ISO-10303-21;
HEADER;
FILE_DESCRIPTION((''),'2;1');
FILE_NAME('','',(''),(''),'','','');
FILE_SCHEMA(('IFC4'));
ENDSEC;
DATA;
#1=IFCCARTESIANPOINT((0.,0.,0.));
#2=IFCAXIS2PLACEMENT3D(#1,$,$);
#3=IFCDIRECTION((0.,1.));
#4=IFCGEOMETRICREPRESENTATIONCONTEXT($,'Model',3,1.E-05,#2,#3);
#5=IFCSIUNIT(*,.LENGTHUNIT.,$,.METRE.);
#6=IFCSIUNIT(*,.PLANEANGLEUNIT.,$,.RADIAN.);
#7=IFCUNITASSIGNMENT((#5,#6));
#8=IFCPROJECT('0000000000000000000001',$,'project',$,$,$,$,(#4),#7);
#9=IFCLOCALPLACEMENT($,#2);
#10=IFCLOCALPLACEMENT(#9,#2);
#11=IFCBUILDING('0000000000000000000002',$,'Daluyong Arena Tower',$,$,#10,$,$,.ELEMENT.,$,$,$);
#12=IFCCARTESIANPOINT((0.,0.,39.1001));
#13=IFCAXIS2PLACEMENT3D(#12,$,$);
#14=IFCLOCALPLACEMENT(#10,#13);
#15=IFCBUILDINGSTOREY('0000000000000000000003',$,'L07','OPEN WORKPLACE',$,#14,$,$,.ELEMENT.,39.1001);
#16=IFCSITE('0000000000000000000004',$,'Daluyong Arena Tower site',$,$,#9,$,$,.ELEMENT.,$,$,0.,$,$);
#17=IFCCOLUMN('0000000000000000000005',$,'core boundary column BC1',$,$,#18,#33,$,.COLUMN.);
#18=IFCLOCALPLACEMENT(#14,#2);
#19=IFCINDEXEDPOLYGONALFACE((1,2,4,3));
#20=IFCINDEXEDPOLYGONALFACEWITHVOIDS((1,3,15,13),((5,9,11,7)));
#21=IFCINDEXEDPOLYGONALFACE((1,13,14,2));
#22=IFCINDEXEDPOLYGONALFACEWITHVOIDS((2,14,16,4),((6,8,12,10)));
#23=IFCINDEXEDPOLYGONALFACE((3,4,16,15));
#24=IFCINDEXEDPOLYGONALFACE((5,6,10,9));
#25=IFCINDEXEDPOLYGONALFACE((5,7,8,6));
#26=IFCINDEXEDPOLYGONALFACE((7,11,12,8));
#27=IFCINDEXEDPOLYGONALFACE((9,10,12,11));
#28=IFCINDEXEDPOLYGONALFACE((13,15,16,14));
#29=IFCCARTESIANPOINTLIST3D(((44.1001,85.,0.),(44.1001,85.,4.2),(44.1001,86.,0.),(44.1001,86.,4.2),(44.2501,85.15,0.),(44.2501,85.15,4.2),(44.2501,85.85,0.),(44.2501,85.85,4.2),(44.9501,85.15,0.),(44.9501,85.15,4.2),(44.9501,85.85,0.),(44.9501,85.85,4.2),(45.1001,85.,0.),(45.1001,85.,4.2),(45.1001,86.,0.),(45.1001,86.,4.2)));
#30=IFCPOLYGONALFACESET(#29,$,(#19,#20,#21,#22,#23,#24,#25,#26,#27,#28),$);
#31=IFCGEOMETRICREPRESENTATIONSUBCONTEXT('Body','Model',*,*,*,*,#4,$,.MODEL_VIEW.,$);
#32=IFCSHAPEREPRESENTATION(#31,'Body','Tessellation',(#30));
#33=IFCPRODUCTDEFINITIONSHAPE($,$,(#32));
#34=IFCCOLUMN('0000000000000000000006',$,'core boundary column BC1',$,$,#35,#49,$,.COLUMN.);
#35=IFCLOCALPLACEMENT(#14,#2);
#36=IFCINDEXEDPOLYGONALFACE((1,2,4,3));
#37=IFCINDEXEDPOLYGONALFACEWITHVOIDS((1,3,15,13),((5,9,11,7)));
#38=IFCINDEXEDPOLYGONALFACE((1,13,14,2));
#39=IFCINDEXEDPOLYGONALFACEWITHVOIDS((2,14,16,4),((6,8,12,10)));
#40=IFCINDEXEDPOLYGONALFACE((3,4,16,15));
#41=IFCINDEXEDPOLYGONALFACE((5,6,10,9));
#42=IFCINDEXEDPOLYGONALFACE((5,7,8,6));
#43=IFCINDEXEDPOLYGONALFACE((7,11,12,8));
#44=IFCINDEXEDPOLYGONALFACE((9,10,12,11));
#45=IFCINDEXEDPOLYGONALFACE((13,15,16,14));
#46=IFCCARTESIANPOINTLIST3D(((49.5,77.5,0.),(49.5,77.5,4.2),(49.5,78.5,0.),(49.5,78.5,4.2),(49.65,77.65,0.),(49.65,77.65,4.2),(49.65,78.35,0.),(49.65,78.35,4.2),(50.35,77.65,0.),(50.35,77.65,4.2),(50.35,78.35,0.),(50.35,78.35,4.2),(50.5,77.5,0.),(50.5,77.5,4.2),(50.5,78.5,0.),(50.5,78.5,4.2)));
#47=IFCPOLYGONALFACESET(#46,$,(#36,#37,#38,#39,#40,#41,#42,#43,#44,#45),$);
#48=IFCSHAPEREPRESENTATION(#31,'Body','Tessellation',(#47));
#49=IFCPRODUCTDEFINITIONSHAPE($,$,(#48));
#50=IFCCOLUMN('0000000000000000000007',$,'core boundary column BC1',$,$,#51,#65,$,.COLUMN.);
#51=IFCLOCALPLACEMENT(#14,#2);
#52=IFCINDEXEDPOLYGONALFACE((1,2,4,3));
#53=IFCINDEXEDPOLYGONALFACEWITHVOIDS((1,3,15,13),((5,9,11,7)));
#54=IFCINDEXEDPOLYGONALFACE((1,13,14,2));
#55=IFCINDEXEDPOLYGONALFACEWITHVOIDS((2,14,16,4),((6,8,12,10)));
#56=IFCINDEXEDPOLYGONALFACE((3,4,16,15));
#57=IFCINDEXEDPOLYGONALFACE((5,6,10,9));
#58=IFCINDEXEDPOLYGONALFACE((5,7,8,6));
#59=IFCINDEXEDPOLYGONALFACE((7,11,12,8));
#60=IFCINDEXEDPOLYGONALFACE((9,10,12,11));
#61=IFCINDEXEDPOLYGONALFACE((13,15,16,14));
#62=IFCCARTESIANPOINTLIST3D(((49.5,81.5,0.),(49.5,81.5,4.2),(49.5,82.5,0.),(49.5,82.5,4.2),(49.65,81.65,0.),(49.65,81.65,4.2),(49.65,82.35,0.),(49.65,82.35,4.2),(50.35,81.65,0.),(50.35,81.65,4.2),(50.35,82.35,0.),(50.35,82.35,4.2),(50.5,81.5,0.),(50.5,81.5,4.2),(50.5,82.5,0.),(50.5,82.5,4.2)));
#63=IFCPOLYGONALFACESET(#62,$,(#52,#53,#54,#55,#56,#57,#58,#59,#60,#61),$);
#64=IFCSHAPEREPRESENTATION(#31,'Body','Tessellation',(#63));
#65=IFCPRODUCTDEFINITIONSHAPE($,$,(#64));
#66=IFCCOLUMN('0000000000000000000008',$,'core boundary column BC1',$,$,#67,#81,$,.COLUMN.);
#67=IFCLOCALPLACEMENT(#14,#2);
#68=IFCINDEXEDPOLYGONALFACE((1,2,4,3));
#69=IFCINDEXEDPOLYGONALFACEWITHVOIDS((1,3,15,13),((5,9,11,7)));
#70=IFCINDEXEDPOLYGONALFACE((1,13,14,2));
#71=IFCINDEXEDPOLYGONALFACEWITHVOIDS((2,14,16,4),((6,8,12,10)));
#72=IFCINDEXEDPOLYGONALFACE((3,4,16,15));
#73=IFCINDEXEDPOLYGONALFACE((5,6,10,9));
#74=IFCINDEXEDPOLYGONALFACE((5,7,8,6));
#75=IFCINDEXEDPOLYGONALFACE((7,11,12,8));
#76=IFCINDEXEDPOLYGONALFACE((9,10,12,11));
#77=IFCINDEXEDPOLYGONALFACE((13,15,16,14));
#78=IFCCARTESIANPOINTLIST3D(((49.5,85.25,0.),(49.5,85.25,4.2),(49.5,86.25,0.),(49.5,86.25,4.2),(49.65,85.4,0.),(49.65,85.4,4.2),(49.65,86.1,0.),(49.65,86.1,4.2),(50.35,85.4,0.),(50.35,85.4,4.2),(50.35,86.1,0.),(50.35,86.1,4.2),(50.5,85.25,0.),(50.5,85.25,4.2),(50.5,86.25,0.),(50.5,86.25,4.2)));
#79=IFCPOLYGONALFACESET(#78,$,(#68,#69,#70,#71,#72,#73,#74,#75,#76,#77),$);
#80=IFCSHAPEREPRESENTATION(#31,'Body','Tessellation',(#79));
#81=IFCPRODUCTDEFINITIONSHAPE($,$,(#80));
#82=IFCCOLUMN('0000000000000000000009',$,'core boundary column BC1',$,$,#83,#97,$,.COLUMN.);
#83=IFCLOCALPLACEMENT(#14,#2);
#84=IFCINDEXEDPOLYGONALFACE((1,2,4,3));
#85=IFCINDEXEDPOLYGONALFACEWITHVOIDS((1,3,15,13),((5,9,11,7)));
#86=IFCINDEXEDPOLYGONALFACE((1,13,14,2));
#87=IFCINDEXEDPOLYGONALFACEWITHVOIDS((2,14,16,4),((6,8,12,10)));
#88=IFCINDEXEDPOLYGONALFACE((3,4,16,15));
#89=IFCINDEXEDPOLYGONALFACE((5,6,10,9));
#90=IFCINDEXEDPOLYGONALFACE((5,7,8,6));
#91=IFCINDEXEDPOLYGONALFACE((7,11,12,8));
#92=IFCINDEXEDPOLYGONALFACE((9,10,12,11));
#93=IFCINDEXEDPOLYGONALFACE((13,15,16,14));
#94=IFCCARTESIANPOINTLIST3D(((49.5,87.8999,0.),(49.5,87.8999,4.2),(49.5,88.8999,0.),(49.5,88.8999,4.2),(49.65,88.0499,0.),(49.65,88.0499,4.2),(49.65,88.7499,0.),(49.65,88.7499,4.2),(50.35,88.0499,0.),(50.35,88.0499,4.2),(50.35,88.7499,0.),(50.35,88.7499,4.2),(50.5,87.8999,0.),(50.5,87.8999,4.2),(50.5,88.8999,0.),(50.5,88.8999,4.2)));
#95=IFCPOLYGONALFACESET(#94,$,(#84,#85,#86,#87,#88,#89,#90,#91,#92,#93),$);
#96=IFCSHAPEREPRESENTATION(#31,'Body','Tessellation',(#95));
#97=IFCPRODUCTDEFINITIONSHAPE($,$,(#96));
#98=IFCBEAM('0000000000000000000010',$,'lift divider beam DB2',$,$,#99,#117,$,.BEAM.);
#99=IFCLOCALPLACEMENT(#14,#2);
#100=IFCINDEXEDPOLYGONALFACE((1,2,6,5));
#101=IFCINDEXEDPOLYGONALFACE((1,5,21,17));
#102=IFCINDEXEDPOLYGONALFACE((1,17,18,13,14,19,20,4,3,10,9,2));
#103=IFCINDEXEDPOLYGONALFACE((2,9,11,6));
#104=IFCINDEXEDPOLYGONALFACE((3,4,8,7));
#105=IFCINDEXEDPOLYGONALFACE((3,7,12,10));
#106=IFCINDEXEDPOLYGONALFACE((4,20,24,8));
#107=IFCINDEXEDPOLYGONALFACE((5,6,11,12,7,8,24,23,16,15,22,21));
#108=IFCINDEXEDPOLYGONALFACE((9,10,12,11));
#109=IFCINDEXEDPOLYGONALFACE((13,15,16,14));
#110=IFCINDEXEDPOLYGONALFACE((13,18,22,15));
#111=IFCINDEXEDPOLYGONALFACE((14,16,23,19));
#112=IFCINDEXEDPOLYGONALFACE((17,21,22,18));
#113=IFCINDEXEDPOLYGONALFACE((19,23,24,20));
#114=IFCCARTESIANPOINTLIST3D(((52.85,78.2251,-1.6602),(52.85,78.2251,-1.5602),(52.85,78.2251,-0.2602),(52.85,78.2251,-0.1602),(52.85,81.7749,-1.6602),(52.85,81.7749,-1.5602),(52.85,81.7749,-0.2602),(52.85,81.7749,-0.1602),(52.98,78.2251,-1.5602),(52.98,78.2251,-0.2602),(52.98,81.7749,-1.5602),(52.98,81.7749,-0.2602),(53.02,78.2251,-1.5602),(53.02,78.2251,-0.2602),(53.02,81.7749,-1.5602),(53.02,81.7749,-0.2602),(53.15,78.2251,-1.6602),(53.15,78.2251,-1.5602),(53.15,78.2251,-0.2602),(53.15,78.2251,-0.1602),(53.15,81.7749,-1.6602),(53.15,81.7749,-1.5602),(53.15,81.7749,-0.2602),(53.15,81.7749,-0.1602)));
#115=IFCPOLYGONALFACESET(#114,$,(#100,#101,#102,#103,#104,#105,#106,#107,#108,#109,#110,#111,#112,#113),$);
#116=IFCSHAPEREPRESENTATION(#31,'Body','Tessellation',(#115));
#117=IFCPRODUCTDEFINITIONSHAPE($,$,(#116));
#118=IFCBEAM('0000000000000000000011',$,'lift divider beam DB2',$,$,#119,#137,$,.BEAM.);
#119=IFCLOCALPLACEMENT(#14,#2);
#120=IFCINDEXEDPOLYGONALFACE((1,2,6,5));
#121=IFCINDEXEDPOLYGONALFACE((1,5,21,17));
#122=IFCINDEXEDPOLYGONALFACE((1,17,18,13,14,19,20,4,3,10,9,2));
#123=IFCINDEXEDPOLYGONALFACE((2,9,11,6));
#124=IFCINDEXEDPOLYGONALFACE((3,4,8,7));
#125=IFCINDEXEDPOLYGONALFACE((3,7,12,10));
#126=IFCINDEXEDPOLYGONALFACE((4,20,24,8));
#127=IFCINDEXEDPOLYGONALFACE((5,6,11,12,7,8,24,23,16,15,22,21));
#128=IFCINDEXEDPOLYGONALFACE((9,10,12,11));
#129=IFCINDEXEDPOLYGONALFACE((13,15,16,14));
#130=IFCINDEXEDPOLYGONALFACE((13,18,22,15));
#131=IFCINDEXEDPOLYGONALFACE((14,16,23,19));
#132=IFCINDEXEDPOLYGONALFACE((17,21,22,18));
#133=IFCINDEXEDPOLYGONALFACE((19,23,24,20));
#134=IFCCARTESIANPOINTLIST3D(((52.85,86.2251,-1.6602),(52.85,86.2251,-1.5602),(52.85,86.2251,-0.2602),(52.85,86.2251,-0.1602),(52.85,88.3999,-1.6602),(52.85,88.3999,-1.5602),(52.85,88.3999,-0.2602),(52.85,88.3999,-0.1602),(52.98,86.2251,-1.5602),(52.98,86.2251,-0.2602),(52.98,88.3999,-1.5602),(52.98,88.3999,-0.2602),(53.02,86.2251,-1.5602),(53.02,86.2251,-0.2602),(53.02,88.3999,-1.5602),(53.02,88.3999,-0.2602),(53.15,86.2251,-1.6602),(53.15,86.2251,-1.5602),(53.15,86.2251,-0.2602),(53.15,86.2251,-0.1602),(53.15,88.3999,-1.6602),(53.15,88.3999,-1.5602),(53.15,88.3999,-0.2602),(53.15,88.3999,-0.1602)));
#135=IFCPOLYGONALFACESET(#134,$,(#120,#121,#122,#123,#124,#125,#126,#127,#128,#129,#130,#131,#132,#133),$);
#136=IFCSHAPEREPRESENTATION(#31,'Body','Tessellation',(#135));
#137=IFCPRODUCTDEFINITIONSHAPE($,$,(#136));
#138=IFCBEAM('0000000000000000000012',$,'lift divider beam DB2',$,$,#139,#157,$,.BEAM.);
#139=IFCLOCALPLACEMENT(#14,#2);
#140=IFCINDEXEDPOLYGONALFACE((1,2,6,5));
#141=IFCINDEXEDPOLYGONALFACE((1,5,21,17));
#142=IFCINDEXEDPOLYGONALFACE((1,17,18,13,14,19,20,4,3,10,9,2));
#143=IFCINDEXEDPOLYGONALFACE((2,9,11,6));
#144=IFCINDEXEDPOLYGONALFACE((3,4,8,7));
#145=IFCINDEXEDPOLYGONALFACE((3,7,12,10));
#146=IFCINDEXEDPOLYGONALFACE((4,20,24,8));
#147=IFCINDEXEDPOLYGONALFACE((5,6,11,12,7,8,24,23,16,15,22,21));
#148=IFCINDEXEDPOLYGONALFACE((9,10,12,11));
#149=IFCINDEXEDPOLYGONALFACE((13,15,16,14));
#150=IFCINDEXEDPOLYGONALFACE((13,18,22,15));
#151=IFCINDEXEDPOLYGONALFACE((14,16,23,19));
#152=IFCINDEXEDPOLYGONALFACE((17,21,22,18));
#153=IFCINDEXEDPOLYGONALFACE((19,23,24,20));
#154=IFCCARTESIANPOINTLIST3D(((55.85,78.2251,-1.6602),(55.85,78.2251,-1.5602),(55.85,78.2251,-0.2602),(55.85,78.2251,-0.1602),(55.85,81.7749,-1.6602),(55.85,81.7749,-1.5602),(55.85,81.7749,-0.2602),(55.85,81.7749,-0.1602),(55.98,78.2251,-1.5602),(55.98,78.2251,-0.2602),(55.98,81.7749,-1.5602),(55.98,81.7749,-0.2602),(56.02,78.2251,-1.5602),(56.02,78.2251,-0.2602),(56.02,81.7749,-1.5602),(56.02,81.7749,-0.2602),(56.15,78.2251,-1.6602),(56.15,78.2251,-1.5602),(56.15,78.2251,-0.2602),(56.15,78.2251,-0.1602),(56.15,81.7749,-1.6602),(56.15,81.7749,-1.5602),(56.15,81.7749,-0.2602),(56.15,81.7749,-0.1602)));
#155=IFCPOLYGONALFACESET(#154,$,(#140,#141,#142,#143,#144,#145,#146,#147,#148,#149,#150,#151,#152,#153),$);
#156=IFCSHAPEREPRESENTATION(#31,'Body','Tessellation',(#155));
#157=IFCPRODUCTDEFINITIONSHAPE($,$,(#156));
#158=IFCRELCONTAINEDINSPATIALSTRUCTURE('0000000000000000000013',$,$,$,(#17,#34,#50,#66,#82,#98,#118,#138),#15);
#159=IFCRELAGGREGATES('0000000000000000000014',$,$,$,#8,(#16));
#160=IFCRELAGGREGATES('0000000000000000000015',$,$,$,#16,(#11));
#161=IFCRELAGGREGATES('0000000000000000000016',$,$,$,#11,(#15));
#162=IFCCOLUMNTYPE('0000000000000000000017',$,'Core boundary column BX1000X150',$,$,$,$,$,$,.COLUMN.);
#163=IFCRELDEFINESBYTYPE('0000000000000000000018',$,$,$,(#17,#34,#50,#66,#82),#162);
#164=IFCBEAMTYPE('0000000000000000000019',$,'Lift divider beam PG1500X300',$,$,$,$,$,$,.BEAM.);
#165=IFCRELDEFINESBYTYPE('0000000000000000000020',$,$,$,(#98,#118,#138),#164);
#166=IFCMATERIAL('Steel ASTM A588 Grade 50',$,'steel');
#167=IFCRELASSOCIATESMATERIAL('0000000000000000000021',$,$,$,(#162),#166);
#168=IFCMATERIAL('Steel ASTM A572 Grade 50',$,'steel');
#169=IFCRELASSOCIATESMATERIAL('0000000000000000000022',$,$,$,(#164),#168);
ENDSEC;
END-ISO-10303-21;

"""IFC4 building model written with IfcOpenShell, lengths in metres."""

from ifc_helpers import new_model, si_unit, direction, frame, origin, origin_2d, place, context, subcontext, project, spatial, hollow_rectangle, i_section, extrude, material, material_profile, profile_set, type_object, element, save


model = new_model("IFC4")

# Units and contexts
model_context = context("Model", 3, precision=1e-05, world=origin(), true_north=direction((0.0, 1.0)))
body_context = subcontext(model_context, "Body", "Model", "MODEL_VIEW")
ifc_project = project(units=[si_unit("LENGTHUNIT", "METRE"), si_unit("PLANEANGLEUNIT", "RADIAN")], contexts=[model_context])

# Site, building, storey
site_placement = place(None, origin())
site = spatial("IfcSite", under=ifc_project, at=site_placement, Name="Daluyong Arena Tower site", CompositionType="ELEMENT", RefElevation=0.0)
building_placement = place(site_placement, origin())
building = spatial("IfcBuilding", under=site, at=building_placement, Name="Daluyong Arena Tower", CompositionType="ELEMENT")
storey_placement = place(building_placement, frame((0.0, 0.0, 39.1001)))
storey = spatial("IfcBuildingStorey", under=building, at=storey_placement, Name="L07", Description="OPEN WORKPLACE", CompositionType="ELEMENT", Elevation=39.1001)

# Columns
ifc_material_1 = material(Name="Steel ASTM A588 Grade 50", Category="steel")
ifc_material_profile_1 = material_profile(ifc_material_1, hollow_rectangle(XDim=1.0, YDim=1.0, WallThickness=0.15, at=origin_2d()))
ifc_profile_set_1 = profile_set([ifc_material_profile_1], Name="Steel ASTM A588 Grade 50")
column_type = type_object("IfcColumnType", Name="Core boundary column BX1000X150", PredefinedType="COLUMN", material=ifc_profile_set_1)
for number, where, z_axis, x_axis, name in (
    (1, (44.6001, 85.5, 0.0), (0.0, 0.0, 1.0), (1.0, 0.0, 0.0), "core boundary column BC1"),
    (2, (50.0, 78.0, 0.0), (0.0, 0.0, 1.0), (1.0, 0.0, 0.0), "core boundary column BC1"),
    (3, (50.0, 82.0, 0.0), (0.0, 0.0, 1.0), (1.0, 0.0, 0.0), "core boundary column BC1"),
    (4, (50.0, 85.75, 0.0), (0.0, 0.0, 1.0), (1.0, 0.0, 0.0), "core boundary column BC1"),
    (5, (50.0, 88.3999, 0.0), (0.0, 0.0, 1.0), (1.0, 0.0, 0.0), "core boundary column BC1"),
):
    element("IfcColumn", number, at=place(storey_placement, frame(where, z_axis=z_axis, x_axis=x_axis)), inside=storey, type_object=column_type, Name=name, PredefinedType="COLUMN", context=body_context, shape_type="SweptSolid", body=[
        extrude(hollow_rectangle(XDim=1.0, YDim=1.0, WallThickness=0.15, at=origin_2d()), origin(), (0.0, 0.0, 1.0), 4.2),
    ])

# Beams
ifc_material_2 = material(Name="Steel ASTM A572 Grade 50", Category="steel")
ifc_material_profile_2 = material_profile(ifc_material_2, i_section(OverallWidth=0.3, OverallDepth=1.5, WebThickness=0.04, FlangeThickness=0.1, at=origin_2d()))
ifc_profile_set_2 = profile_set([ifc_material_profile_2], Name="Steel ASTM A572 Grade 50")
beam_type = type_object("IfcBeamType", Name="Lift divider beam PG1500X300", PredefinedType="BEAM", material=ifc_profile_set_2)
beam_1_placement = place(storey_placement, frame((53.0, 78.2251, -0.9102), z_axis=(0.0, 1.0, 0.0), x_axis=(-1.0, 0.0, 0.0)))
element("IfcBeam", 6, at=beam_1_placement, inside=storey, type_object=beam_type, Name="lift divider beam DB2", PredefinedType="BEAM", context=body_context, shape_type="SweptSolid", body=[
    extrude(i_section(OverallWidth=0.3, OverallDepth=1.5, WebThickness=0.04, FlangeThickness=0.1, at=origin_2d()), origin(), (0.0, 0.0, 1.0), 3.5498),
])
beam_2_placement = place(storey_placement, frame((53.0, 86.2251, -0.9102), z_axis=(0.0, 1.0, 0.0), x_axis=(-1.0, 0.0, 0.0)))
element("IfcBeam", 7, at=beam_2_placement, inside=storey, type_object=beam_type, Name="lift divider beam DB2", PredefinedType="BEAM", context=body_context, shape_type="SweptSolid", body=[
    extrude(i_section(OverallWidth=0.3, OverallDepth=1.5, WebThickness=0.04, FlangeThickness=0.1, at=origin_2d()), origin(), (0.0, 0.0, 1.0), 2.1748),
])
beam_3_placement = place(storey_placement, frame((56.0, 78.2251, -0.9102), z_axis=(0.0, 1.0, 0.0), x_axis=(-1.0, 0.0, 0.0)))
element("IfcBeam", 8, at=beam_3_placement, inside=storey, type_object=beam_type, Name="lift divider beam DB2", PredefinedType="BEAM", context=body_context, shape_type="SweptSolid", body=[
    extrude(i_section(OverallWidth=0.3, OverallDepth=1.5, WebThickness=0.04, FlangeThickness=0.1, at=origin_2d()), origin(), (0.0, 0.0, 1.0), 3.5498),
])

save(model, "model.ifc")
